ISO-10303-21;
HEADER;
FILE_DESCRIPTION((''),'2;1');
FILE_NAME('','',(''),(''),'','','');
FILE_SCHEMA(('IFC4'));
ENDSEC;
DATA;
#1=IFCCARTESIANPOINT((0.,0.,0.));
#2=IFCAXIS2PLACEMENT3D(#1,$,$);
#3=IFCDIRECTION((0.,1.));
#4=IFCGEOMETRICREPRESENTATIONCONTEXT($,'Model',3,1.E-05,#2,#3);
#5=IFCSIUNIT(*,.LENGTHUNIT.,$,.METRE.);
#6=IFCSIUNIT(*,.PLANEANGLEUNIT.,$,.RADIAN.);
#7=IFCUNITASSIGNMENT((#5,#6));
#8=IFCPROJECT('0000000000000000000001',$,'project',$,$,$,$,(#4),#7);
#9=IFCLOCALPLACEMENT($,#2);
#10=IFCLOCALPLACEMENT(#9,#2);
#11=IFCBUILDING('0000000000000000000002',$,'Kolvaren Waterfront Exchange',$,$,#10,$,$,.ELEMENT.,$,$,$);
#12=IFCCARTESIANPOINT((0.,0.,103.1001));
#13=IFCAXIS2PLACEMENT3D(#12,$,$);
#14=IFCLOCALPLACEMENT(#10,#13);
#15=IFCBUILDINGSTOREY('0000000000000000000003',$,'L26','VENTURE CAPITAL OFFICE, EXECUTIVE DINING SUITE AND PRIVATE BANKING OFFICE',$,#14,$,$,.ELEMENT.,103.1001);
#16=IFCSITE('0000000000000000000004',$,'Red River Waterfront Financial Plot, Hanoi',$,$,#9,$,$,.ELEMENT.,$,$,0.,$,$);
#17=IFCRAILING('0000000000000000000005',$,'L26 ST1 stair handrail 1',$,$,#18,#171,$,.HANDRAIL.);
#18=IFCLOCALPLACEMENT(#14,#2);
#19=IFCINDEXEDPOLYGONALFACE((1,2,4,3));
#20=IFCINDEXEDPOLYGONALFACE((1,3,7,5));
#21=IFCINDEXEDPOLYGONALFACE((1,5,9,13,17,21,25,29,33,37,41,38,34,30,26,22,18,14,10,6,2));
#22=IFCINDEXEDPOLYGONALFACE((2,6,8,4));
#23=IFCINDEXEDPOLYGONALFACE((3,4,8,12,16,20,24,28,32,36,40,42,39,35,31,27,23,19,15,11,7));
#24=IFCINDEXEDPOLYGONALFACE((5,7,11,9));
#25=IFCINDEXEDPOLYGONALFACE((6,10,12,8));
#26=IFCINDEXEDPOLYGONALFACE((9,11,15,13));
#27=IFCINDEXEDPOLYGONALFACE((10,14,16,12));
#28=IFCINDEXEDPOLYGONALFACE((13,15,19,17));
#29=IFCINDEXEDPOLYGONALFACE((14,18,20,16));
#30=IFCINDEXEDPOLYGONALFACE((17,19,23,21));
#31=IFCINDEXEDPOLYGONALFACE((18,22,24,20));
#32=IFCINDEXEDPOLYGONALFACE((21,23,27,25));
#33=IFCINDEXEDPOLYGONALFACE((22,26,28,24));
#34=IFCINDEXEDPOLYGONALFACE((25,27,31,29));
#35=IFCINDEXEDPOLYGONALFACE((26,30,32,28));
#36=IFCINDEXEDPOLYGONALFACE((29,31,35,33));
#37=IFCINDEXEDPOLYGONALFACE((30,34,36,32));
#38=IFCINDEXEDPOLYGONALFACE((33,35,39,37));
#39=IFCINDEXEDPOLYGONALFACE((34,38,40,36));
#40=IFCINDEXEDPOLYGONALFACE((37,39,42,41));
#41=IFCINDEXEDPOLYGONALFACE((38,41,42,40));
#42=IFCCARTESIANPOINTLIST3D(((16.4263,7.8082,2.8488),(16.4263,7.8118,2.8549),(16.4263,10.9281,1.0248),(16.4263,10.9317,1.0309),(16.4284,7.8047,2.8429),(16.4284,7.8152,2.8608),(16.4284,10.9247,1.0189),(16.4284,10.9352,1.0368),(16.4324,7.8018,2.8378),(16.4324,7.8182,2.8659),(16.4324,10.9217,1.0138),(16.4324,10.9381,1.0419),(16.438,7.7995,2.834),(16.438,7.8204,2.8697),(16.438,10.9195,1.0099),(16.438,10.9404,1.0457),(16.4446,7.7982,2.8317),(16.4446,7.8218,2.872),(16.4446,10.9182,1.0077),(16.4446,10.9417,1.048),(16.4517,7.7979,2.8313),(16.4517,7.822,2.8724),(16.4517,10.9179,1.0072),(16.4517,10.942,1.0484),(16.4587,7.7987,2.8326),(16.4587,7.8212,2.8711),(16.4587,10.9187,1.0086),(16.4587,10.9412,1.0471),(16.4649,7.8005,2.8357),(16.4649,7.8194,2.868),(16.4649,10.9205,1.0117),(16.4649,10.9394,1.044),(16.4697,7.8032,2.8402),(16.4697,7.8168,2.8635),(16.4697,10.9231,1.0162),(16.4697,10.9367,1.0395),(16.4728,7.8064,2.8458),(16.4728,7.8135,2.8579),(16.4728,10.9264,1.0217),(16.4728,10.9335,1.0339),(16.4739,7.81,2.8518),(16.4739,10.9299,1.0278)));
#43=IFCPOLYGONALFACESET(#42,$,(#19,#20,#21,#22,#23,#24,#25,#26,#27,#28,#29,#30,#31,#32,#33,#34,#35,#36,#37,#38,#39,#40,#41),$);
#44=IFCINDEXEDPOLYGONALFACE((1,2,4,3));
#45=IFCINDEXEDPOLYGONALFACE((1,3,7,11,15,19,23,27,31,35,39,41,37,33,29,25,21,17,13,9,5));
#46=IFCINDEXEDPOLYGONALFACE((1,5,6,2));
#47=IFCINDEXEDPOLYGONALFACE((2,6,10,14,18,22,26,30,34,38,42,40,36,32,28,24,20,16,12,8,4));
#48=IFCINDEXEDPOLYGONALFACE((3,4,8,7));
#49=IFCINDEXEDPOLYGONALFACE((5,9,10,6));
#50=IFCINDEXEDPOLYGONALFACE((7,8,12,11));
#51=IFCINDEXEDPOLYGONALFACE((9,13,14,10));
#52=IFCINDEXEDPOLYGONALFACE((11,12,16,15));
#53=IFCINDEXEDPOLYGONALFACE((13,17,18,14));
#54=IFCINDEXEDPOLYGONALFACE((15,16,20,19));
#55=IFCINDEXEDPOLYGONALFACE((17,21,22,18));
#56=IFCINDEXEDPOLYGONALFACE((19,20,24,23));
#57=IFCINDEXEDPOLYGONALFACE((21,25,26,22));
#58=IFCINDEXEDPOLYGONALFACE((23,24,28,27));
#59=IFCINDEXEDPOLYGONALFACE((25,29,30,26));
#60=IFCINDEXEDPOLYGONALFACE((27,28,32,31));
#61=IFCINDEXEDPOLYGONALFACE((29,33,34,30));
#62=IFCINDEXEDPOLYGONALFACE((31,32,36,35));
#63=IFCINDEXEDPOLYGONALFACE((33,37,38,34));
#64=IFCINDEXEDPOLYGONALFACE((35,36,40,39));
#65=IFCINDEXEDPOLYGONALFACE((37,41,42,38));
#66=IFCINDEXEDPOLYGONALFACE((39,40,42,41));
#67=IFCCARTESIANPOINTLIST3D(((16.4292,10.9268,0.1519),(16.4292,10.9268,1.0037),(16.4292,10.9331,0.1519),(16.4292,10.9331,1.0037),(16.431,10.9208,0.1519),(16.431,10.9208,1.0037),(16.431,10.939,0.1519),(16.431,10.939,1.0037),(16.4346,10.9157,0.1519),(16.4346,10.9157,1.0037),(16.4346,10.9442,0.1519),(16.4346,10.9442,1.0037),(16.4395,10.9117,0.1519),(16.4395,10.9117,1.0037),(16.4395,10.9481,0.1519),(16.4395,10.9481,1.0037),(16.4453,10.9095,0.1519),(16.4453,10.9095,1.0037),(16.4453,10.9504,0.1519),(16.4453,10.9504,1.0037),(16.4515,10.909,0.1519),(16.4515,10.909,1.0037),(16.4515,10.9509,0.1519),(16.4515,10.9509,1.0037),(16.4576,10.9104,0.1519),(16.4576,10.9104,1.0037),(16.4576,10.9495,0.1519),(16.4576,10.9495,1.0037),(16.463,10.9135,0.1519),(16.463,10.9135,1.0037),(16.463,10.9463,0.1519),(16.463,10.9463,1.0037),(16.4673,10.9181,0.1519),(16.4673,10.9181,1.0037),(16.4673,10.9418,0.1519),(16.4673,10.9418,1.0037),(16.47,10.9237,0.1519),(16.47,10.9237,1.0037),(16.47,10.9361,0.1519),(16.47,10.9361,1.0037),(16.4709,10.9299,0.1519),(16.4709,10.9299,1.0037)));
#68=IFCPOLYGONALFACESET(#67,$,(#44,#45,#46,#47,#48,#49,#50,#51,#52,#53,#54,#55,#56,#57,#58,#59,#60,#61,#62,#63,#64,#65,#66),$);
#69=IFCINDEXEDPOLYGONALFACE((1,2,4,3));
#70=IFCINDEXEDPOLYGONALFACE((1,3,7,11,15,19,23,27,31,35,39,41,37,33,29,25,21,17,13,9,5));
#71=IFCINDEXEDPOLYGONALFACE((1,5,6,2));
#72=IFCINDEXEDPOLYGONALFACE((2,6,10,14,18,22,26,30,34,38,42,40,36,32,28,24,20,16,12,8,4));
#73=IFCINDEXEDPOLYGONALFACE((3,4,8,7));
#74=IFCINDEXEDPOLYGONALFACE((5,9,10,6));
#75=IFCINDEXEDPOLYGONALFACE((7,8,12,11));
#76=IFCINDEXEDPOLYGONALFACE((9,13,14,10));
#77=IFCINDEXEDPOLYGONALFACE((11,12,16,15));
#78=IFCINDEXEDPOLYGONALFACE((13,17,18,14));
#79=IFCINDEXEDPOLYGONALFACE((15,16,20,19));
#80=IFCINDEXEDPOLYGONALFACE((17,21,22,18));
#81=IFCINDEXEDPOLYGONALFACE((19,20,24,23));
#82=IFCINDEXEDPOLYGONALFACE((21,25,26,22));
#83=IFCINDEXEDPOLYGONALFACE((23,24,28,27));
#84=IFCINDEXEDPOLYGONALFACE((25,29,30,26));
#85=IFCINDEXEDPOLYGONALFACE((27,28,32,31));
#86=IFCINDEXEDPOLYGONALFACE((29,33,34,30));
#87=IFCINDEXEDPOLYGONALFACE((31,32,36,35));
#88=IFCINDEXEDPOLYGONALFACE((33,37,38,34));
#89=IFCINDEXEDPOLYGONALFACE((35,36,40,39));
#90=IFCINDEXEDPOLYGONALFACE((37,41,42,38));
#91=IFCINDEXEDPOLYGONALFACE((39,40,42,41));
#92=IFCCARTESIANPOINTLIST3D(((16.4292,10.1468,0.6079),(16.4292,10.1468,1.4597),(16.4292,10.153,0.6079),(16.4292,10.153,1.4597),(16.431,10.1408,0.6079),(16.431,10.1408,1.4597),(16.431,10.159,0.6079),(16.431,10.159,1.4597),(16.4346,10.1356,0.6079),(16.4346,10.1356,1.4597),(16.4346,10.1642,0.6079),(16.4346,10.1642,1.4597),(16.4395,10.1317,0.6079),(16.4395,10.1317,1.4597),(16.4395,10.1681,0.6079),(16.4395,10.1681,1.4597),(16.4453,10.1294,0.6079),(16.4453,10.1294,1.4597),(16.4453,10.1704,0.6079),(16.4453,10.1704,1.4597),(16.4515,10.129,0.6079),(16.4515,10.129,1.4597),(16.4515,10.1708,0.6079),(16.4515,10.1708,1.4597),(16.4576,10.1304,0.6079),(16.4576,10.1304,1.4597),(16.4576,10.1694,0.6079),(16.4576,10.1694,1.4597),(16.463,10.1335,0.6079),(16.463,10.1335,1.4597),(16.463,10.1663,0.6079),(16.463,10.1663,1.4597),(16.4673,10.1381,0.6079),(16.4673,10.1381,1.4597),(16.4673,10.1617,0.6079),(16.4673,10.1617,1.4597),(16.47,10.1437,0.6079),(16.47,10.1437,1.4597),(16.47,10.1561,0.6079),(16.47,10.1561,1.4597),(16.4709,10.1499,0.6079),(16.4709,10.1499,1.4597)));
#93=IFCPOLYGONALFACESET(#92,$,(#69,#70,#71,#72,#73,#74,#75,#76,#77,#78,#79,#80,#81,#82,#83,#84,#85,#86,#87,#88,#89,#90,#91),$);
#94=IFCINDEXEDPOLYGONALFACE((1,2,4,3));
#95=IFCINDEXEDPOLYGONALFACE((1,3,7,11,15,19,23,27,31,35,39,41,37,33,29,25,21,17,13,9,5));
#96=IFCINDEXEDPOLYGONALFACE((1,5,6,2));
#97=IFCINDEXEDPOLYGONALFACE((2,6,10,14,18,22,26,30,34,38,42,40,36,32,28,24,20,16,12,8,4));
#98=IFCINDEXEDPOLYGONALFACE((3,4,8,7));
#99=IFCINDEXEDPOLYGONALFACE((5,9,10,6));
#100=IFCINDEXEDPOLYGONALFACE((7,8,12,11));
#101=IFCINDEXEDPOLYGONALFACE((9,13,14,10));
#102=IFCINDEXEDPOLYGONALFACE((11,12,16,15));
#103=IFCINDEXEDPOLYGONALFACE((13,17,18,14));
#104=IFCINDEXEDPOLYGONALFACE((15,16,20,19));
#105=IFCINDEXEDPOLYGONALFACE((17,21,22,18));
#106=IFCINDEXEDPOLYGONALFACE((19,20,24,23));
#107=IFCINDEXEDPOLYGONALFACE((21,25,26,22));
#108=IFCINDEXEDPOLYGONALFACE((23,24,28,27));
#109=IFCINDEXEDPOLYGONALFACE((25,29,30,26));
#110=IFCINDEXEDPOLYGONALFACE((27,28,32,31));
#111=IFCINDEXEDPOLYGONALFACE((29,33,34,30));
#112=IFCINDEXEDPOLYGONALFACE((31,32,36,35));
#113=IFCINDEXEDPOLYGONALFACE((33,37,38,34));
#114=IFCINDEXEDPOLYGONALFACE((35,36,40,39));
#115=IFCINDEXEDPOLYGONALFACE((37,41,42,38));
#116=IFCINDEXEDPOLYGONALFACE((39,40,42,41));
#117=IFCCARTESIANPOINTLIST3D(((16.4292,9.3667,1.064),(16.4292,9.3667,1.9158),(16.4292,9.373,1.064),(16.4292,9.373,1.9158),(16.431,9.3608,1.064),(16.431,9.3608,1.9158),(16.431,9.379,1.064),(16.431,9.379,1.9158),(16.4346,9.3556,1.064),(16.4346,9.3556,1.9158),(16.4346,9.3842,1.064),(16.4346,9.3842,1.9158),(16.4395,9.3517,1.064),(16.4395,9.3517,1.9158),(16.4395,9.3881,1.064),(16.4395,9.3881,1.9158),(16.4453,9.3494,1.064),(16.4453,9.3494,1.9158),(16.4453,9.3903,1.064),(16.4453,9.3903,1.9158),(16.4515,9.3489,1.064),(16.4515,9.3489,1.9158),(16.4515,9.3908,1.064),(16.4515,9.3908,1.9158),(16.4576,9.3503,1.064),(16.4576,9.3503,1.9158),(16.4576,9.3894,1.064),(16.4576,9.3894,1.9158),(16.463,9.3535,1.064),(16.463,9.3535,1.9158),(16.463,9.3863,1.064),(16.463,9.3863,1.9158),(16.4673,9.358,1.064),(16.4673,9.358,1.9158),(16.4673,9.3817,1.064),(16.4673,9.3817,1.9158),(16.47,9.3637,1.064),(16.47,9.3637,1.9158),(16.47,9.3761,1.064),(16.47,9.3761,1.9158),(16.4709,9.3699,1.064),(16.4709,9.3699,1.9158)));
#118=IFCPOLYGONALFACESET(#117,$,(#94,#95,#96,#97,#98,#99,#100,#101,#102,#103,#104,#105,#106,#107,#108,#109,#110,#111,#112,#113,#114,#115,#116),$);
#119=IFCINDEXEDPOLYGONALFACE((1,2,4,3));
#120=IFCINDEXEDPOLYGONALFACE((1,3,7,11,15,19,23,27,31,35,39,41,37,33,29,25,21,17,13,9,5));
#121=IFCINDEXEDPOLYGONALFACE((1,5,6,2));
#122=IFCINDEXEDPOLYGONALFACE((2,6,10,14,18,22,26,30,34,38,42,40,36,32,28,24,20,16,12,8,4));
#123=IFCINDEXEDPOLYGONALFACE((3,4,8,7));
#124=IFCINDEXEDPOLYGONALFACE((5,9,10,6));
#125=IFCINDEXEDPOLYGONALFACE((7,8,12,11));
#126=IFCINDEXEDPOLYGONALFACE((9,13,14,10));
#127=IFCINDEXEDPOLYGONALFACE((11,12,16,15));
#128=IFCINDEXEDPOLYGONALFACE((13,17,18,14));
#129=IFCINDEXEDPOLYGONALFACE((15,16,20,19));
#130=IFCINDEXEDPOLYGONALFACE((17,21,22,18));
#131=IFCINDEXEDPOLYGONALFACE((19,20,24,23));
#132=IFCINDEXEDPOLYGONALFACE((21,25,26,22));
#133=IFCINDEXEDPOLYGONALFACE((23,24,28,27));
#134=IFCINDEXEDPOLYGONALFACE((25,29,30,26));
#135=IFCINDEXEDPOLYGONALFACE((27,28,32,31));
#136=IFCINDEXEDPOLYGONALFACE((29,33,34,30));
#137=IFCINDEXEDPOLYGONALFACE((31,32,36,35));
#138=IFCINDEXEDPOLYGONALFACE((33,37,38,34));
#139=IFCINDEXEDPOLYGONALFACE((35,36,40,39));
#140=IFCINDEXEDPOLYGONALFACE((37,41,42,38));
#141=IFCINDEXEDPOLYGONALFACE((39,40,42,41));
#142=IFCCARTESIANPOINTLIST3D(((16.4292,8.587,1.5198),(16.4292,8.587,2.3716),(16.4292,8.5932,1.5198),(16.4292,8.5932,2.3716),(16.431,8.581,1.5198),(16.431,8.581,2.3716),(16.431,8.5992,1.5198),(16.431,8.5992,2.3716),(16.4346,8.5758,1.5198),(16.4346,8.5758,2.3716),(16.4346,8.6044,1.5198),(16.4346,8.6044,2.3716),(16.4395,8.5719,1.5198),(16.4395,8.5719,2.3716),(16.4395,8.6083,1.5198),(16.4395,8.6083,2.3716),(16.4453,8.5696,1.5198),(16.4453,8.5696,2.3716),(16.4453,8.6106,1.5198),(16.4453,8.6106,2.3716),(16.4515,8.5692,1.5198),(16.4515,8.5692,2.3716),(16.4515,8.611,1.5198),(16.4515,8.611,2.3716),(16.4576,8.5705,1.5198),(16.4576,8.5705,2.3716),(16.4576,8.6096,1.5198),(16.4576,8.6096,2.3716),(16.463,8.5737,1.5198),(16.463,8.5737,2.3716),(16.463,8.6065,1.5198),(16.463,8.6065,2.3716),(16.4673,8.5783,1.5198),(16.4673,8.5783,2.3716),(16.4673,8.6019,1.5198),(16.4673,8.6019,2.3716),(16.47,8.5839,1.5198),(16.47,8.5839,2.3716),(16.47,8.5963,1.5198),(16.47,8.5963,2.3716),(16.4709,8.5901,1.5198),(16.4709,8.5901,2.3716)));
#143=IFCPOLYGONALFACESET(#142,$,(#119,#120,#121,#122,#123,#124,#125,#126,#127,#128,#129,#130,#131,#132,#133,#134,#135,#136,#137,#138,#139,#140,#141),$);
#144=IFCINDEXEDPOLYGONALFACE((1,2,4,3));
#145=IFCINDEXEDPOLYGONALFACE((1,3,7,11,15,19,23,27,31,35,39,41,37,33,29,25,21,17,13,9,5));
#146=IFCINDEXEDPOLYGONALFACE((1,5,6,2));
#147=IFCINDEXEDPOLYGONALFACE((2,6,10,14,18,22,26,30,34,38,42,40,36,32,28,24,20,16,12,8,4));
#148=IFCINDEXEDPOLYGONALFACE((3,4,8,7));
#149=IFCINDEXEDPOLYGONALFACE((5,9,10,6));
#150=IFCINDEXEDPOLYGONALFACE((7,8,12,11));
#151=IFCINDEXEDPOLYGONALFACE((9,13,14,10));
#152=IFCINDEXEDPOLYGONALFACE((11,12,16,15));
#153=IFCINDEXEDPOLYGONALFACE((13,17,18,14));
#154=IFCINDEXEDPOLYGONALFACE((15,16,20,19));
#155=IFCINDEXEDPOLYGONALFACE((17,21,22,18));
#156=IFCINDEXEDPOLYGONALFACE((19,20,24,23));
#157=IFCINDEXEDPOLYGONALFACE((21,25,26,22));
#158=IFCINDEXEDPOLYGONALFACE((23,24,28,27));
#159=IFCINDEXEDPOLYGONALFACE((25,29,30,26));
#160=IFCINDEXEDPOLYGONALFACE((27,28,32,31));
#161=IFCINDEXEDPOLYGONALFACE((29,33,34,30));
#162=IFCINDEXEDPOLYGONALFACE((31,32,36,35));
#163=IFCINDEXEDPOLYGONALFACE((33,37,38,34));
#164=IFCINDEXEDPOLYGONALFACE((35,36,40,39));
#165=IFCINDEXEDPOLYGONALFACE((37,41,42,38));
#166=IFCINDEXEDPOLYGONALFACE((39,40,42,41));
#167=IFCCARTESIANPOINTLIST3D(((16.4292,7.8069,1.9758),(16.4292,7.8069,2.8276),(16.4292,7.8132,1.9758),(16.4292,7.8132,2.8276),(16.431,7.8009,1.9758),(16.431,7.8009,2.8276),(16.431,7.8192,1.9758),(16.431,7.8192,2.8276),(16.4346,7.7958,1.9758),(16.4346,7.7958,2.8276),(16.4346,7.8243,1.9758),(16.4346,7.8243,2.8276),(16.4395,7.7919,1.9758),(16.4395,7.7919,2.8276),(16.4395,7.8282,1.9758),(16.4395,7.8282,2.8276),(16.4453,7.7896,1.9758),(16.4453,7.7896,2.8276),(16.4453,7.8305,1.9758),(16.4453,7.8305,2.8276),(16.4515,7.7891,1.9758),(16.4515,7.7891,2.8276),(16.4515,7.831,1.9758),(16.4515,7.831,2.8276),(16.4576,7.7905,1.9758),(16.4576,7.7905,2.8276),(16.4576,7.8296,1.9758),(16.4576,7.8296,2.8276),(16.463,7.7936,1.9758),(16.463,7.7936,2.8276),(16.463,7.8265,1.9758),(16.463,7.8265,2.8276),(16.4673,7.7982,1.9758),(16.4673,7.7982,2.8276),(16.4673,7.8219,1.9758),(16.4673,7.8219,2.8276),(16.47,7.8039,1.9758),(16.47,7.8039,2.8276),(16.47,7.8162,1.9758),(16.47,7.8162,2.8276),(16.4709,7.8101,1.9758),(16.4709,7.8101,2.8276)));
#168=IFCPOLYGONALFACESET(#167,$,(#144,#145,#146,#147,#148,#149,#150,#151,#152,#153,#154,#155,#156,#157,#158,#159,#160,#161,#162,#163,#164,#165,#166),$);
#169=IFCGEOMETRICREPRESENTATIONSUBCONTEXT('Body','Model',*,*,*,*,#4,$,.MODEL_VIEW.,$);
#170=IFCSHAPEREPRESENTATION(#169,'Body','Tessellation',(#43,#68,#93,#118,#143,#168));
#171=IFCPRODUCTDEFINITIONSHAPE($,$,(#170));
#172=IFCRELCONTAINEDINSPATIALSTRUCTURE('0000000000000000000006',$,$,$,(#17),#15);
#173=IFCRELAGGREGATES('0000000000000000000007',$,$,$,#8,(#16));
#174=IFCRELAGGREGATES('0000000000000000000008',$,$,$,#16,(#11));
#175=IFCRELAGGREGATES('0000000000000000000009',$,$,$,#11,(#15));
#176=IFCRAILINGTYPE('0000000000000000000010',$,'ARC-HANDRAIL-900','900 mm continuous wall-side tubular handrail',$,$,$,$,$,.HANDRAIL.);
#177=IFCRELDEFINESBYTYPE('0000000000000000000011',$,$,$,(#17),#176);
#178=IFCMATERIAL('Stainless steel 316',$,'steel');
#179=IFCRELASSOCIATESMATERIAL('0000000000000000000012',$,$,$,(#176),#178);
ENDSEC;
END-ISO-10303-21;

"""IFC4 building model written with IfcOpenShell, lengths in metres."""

from ifc_helpers import new_model, si_unit, direction, frame, origin, origin_2d, place, context, subcontext, project, spatial, circle, extrude, material, type_object, element, save


model = new_model("IFC4")

# Units and contexts
model_context = context("Model", 3, precision=1e-05, world=origin(), true_north=direction((0.0, 1.0)))
body_context = subcontext(model_context, "Body", "Model", "MODEL_VIEW")
ifc_project = project(units=[si_unit("LENGTHUNIT", "METRE"), si_unit("PLANEANGLEUNIT", "RADIAN")], contexts=[model_context])

# Site, building, storey
site_placement = place(None, origin())
site = spatial("IfcSite", under=ifc_project, at=site_placement, Name="Red River Waterfront Financial Plot, Hanoi", CompositionType="ELEMENT", RefElevation=0.0)
building_placement = place(site_placement, origin())
building = spatial("IfcBuilding", under=site, at=building_placement, Name="Kolvaren Waterfront Exchange", CompositionType="ELEMENT")
storey_placement = place(building_placement, frame((0.0, 0.0, 103.1001)))
storey = spatial("IfcBuildingStorey", under=building, at=storey_placement, Name="L26", Description="VENTURE CAPITAL OFFICE, EXECUTIVE DINING SUITE AND PRIVATE BANKING OFFICE", CompositionType="ELEMENT", Elevation=103.1001)

# Railing
ifc_material_1 = material(Name="Stainless steel 316", Category="steel")
railing_type_1 = type_object("IfcRailingType", Name="ARC-HANDRAIL-900", Description="900 mm continuous wall-side tubular handrail", PredefinedType="HANDRAIL", material=ifc_material_1)
railing_1_placement = place(storey_placement, frame((16.45, 10.9299, 0.1519)))
element("IfcRailing", 1, at=railing_1_placement, inside=storey, type_object=railing_type_1, Name="L26 ST1 stair handrail 1", PredefinedType="HANDRAIL", context=body_context, shape_type="SweptSolid", body=[
    extrude(circle(Radius=0.0239, at=origin_2d()), frame((0.0, 0.0, 0.876), z_axis=(0.0, -0.863291, 0.504707), x_axis=(1.0, 0.0, 0.0)), (0.0, 0.0, 1.0), 3.614),
    extrude(circle(Radius=0.021, at=origin_2d()), origin(), (0.0, 0.0, 1.0), 0.8518),
    extrude(circle(Radius=0.021, at=origin_2d()), frame((0.0, -0.78, 0.4561)), (0.0, 0.0, 1.0), 0.8518),
    extrude(circle(Radius=0.021, at=origin_2d()), frame((0.0, -1.5601, 0.9121)), (0.0, 0.0, 1.0), 0.8518),
    extrude(circle(Radius=0.021, at=origin_2d()), frame((0.0, -2.3398, 1.3679)), (0.0, 0.0, 1.0), 0.8518),
    extrude(circle(Radius=0.021, at=origin_2d()), frame((0.0, -3.1199, 1.824)), (0.0, 0.0, 1.0), 0.8518),
])

save(model, "model.ifc")
